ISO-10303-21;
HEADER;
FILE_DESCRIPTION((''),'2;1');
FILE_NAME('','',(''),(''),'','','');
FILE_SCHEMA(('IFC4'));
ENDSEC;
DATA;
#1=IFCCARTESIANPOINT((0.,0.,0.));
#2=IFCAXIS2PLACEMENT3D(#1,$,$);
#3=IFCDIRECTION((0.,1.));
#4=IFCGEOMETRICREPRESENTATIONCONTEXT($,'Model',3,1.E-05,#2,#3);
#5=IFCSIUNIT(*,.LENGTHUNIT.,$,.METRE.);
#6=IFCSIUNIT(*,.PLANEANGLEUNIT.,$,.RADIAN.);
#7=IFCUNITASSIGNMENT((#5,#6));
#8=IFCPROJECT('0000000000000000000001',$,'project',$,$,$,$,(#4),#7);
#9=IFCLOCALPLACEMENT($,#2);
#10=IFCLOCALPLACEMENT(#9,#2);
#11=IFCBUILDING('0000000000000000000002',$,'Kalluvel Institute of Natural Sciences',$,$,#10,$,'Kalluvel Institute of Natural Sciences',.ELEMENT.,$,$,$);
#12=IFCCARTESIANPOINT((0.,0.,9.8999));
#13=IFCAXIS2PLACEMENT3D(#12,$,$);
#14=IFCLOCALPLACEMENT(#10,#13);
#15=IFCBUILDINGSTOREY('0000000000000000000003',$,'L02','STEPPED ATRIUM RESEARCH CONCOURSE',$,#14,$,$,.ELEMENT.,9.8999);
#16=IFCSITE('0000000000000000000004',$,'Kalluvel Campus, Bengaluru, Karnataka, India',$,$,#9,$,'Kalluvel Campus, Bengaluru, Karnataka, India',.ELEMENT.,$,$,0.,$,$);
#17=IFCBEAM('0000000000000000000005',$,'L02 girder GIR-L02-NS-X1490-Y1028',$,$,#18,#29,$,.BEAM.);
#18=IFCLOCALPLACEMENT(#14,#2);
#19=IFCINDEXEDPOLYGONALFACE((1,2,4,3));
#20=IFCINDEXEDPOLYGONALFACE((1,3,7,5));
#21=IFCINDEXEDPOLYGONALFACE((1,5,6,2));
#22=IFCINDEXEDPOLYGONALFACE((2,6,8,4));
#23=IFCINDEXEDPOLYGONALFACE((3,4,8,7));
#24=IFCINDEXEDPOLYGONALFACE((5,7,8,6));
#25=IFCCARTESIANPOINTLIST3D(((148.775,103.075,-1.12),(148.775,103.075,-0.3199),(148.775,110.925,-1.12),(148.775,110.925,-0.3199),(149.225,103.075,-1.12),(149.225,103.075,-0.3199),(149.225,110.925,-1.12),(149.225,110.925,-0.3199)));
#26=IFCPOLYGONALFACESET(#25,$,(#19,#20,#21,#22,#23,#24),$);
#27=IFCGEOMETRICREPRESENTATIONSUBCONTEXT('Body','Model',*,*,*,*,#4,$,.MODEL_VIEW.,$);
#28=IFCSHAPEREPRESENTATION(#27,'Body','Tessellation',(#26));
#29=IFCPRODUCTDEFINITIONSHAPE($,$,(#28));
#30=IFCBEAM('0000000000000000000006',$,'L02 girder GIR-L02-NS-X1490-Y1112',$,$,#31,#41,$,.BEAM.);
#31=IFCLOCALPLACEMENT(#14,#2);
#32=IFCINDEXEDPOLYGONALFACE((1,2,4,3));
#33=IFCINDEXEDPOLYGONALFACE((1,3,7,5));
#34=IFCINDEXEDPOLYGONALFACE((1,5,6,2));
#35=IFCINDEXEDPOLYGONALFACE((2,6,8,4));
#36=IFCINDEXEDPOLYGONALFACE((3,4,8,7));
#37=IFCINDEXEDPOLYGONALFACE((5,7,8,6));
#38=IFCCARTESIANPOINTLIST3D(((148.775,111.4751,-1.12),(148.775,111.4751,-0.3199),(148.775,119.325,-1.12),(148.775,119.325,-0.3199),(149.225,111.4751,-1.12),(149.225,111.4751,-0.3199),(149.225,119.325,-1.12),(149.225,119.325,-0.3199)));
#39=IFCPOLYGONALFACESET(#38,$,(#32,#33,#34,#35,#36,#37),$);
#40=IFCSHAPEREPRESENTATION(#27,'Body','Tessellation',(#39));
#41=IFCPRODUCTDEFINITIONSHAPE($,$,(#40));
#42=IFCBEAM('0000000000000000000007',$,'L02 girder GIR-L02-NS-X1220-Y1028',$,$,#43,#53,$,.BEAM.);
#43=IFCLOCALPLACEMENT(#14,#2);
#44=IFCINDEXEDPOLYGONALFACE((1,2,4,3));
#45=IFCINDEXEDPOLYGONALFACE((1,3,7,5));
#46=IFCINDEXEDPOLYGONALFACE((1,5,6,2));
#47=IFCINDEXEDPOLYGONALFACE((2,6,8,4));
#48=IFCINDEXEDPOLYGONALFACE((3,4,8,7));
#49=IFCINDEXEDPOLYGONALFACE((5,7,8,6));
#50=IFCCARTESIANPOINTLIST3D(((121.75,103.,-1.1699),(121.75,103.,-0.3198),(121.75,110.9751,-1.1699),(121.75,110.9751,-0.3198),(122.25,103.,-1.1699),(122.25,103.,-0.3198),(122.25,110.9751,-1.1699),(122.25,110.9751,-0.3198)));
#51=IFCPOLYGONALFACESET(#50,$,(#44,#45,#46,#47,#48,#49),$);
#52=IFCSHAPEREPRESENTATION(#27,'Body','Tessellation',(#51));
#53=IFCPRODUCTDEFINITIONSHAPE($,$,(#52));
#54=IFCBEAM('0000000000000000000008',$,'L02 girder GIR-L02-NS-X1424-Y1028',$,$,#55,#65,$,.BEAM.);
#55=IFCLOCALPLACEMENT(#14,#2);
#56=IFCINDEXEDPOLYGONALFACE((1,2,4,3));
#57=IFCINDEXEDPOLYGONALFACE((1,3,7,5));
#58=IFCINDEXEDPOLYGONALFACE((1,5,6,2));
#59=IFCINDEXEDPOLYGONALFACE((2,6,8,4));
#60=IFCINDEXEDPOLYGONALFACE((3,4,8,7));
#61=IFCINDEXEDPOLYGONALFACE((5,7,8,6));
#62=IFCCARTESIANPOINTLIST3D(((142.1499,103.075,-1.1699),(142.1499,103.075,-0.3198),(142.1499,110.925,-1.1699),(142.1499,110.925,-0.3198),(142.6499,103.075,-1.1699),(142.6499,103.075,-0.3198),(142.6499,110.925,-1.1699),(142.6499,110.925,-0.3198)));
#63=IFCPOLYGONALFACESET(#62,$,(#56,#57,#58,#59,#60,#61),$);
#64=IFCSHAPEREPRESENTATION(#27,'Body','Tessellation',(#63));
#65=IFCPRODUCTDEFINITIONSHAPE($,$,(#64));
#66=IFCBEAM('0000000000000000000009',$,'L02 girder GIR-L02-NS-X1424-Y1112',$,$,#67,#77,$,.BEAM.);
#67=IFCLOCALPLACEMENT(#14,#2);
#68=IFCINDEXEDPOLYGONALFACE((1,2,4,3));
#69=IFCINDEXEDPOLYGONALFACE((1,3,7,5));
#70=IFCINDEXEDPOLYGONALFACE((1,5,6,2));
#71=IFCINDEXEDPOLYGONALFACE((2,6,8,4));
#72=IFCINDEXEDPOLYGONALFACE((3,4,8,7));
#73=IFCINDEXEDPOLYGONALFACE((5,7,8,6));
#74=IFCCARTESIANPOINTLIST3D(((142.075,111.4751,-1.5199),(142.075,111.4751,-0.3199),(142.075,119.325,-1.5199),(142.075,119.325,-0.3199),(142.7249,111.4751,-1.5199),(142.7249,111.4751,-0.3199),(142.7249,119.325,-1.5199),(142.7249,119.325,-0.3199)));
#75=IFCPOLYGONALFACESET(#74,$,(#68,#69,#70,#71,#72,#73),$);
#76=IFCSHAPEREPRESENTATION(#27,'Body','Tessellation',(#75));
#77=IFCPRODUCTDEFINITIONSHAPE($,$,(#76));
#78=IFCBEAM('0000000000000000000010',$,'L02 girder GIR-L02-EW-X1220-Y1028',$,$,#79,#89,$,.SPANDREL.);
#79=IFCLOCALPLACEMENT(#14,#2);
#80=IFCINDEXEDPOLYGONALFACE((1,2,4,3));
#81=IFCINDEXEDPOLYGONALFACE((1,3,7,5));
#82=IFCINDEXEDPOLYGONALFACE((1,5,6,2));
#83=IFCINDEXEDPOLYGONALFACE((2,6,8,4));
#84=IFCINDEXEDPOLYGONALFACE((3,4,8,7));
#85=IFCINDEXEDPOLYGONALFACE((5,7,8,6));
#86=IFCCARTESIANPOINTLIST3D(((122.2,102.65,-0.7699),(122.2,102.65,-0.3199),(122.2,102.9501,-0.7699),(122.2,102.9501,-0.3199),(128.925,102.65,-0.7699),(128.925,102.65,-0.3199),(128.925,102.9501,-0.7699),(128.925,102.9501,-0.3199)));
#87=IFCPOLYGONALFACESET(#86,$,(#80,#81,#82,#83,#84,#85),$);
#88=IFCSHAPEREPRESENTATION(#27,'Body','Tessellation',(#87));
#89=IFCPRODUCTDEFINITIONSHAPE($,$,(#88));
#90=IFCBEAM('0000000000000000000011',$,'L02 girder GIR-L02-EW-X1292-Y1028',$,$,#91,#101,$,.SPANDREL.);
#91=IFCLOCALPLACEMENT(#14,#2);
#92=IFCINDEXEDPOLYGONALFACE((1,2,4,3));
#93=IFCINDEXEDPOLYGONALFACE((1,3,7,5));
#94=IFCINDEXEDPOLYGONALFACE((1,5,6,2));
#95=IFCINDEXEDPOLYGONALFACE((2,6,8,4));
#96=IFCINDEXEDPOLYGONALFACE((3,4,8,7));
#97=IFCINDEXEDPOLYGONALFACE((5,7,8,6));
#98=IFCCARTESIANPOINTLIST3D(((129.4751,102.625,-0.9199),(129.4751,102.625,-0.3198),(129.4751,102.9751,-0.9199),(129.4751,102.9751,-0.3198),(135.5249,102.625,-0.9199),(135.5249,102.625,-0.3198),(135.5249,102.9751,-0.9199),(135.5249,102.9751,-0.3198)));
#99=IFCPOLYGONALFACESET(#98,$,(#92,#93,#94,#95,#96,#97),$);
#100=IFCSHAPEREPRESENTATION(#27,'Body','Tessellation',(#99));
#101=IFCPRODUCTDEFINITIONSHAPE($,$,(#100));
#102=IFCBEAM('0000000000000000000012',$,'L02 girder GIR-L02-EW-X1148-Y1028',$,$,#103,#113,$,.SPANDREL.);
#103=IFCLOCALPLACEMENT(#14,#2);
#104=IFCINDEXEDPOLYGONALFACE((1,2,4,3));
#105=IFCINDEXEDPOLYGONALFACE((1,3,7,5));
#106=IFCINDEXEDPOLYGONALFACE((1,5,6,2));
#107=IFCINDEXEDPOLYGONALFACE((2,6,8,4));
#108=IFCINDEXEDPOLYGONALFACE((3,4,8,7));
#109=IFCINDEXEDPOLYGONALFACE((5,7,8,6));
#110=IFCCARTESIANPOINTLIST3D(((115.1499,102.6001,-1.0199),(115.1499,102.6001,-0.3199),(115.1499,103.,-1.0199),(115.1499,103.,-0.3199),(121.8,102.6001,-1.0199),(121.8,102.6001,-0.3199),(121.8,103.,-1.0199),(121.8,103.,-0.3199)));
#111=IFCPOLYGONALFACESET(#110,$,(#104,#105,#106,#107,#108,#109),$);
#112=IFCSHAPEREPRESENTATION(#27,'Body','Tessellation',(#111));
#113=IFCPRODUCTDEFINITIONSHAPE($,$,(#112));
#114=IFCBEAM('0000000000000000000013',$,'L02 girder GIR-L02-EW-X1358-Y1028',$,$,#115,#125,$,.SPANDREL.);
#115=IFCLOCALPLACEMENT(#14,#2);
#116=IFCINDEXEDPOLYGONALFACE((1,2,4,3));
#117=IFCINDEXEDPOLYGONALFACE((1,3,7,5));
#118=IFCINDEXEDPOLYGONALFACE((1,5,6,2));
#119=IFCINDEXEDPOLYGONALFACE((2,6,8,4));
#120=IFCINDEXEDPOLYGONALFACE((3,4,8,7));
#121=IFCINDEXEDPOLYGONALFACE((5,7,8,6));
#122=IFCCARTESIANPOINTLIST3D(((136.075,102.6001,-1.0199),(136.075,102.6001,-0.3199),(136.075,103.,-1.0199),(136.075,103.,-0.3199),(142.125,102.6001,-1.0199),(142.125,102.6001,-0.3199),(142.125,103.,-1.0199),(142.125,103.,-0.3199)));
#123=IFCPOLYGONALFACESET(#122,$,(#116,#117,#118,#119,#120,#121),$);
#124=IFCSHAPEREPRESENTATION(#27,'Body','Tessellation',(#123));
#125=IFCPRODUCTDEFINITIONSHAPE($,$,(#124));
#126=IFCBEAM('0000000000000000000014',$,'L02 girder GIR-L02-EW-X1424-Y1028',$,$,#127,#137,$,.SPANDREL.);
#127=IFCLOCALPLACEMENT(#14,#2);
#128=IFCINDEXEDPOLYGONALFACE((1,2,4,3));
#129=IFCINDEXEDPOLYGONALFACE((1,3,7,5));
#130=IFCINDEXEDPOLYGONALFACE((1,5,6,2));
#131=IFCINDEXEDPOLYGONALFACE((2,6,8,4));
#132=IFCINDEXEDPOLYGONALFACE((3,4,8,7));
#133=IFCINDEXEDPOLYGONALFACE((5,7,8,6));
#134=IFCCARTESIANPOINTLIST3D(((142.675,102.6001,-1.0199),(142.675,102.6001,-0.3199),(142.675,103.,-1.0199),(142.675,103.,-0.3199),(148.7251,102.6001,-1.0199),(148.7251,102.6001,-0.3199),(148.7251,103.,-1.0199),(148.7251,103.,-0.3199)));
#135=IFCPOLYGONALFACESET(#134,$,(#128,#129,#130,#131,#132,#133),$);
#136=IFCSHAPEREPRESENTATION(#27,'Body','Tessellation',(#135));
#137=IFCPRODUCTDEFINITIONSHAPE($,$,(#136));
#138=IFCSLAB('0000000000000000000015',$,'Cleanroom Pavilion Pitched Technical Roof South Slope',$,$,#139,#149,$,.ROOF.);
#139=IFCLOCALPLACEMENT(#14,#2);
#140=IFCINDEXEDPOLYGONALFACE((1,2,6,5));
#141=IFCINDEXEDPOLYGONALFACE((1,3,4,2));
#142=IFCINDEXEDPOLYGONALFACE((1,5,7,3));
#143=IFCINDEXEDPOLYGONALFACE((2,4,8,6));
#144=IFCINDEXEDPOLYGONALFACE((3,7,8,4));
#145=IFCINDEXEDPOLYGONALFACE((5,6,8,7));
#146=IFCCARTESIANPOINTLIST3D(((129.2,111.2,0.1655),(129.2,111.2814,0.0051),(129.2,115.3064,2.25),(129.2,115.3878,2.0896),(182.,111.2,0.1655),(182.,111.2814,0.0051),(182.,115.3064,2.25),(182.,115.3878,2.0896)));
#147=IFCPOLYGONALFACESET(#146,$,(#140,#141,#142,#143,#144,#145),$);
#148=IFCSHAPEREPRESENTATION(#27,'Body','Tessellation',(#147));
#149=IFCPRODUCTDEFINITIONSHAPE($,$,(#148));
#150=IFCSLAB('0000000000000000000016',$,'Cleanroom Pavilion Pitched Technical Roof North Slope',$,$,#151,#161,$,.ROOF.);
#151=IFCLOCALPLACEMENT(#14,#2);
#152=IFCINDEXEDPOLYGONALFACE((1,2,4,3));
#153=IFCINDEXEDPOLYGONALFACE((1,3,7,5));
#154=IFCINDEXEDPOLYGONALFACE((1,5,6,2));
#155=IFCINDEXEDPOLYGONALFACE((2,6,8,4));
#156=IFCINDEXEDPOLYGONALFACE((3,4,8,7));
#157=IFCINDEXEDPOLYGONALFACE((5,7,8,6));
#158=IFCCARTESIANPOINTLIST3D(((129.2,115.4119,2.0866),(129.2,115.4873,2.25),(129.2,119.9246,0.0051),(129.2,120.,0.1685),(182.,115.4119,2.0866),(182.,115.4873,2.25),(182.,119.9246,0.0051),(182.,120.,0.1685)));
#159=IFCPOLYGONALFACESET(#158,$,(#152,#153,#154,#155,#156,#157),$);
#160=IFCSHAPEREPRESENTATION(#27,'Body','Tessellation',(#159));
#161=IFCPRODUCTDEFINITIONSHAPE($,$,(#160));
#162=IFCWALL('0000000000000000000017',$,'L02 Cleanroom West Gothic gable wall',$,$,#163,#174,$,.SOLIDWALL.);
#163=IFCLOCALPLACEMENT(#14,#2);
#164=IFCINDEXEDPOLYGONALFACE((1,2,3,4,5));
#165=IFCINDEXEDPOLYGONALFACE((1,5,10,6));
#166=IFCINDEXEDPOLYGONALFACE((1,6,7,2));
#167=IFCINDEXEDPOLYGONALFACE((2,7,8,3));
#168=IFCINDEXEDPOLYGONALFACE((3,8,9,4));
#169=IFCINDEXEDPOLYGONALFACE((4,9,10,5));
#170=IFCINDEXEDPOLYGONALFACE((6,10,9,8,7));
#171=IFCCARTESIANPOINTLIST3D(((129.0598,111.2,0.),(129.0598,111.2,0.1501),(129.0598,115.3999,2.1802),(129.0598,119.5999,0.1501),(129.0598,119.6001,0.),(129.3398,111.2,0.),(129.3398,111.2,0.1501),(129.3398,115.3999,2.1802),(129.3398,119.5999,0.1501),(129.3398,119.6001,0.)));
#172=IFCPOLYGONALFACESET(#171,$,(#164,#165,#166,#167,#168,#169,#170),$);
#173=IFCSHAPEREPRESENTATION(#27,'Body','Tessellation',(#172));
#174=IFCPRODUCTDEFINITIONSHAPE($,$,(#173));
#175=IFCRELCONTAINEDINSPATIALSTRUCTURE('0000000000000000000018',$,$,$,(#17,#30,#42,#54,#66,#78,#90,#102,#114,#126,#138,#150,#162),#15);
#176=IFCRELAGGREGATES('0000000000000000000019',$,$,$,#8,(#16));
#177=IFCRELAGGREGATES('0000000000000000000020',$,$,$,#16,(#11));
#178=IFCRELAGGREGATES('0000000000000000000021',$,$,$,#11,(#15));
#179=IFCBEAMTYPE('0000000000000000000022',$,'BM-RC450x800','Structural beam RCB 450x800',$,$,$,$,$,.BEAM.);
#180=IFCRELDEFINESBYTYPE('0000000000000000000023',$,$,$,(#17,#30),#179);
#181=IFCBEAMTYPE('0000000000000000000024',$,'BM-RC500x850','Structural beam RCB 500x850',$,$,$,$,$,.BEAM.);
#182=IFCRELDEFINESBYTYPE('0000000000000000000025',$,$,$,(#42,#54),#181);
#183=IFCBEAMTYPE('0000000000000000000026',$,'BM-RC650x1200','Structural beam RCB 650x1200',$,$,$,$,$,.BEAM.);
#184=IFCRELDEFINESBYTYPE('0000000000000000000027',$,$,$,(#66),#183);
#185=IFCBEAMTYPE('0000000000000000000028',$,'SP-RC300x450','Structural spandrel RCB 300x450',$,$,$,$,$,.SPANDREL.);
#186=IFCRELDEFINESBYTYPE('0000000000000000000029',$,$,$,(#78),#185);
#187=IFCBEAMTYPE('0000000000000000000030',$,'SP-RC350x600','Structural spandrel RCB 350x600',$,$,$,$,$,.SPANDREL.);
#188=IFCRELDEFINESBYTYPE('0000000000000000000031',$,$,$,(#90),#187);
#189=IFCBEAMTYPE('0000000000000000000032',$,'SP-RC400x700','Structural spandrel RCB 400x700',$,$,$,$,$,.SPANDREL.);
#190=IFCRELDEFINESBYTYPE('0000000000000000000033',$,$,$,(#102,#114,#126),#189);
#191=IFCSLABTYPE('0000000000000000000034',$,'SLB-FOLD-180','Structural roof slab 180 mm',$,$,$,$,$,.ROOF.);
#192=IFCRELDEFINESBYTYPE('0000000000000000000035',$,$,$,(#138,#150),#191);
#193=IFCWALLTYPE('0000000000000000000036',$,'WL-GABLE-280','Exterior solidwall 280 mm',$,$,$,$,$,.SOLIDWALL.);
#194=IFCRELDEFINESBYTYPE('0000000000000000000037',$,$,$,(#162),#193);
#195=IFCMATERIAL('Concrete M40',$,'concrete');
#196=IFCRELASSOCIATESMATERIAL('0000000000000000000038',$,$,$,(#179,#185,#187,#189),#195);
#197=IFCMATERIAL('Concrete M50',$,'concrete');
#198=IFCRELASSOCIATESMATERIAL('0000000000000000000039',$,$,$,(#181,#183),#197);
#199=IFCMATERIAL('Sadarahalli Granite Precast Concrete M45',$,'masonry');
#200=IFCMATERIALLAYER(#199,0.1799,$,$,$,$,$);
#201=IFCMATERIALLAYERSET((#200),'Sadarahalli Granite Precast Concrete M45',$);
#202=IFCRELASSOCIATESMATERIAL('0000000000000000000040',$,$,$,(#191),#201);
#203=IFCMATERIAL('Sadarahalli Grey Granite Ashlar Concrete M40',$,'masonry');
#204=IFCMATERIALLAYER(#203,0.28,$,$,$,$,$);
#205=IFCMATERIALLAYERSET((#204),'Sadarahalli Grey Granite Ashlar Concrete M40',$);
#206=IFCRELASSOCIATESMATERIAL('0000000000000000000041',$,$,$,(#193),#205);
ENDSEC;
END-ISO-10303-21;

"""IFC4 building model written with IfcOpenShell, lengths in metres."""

from ifc_helpers import new_model, si_unit, direction, frame, origin, origin_2d, place, context, subcontext, project, spatial, polyline, rectangle, outline, extrude, material, layer, layer_set, material_profile, profile_set, type_object, element, save


model = new_model("IFC4")

# Units and contexts
model_context = context("Model", 3, precision=1e-05, world=origin(), true_north=direction((0.0, 1.0)))
body_context = subcontext(model_context, "Body", "Model", "MODEL_VIEW")
ifc_project = project(units=[si_unit("LENGTHUNIT", "METRE"), si_unit("PLANEANGLEUNIT", "RADIAN")], contexts=[model_context])

# Site, building, storey
site_placement = place(None, origin())
site = spatial("IfcSite", under=ifc_project, at=site_placement, Name="Kalluvel Campus, Bengaluru, Karnataka, India", LongName="Kalluvel Campus, Bengaluru, Karnataka, India", CompositionType="ELEMENT", RefElevation=0.0)
building_placement = place(site_placement, origin())
building = spatial("IfcBuilding", under=site, at=building_placement, Name="Kalluvel Institute of Natural Sciences", LongName="Kalluvel Institute of Natural Sciences", CompositionType="ELEMENT")
storey_placement = place(building_placement, frame((0.0, 0.0, 9.8999)))
storey = spatial("IfcBuildingStorey", under=building, at=storey_placement, Name="L02", Description="STEPPED ATRIUM RESEARCH CONCOURSE", CompositionType="ELEMENT", Elevation=9.8999)

# Beams
ifc_material_1 = material(Name="Concrete M40", Category="concrete")
ifc_material_profile_1 = material_profile(ifc_material_1, rectangle(XDim=0.45, YDim=0.8, at=origin_2d()), Name="RCB 450x800")
ifc_profile_set_1 = profile_set([ifc_material_profile_1], Name="Concrete M40")
beam_type_1 = type_object("IfcBeamType", Name="BM-RC450x800", Description="Structural beam RCB 450x800", PredefinedType="BEAM", material=ifc_profile_set_1)
beam_1_placement = place(storey_placement, frame((149.0, 103.075, -0.72), z_axis=(0.0, 1.0, 0.0), x_axis=(-1.0, 0.0, 0.0)))
element("IfcBeam", 1, at=beam_1_placement, inside=storey, type_object=beam_type_1, Name="L02 girder GIR-L02-NS-X1490-Y1028", PredefinedType="BEAM", context=body_context, shape_type="SweptSolid", body=[
    extrude(rectangle(XDim=0.45, YDim=0.8, at=origin_2d()), origin(), (0.0, 0.0, 1.0), 7.8501),
])
beam_2_placement = place(storey_placement, frame((149.0, 111.4751, -0.72), z_axis=(0.0, 1.0, 0.0), x_axis=(-1.0, 0.0, 0.0)))
element("IfcBeam", 2, at=beam_2_placement, inside=storey, type_object=beam_type_1, Name="L02 girder GIR-L02-NS-X1490-Y1112", PredefinedType="BEAM", context=body_context, shape_type="SweptSolid", body=[
    extrude(rectangle(XDim=0.45, YDim=0.8, at=origin_2d()), origin(), (0.0, 0.0, 1.0), 7.8499),
])
ifc_material_2 = material(Name="Concrete M50", Category="concrete")
ifc_material_profile_2 = material_profile(ifc_material_2, rectangle(XDim=0.5, YDim=0.8501, at=origin_2d()), Name="RCB 500x850")
ifc_profile_set_2 = profile_set([ifc_material_profile_2], Name="Concrete M50")
beam_type_2 = type_object("IfcBeamType", Name="BM-RC500x850", Description="Structural beam RCB 500x850", PredefinedType="BEAM", material=ifc_profile_set_2)
beam_3_placement = place(storey_placement, frame((122.0, 103.0, -0.7449), z_axis=(0.0, 1.0, 0.0), x_axis=(-1.0, 0.0, 0.0)))
element("IfcBeam", 3, at=beam_3_placement, inside=storey, type_object=beam_type_2, Name="L02 girder GIR-L02-NS-X1220-Y1028", PredefinedType="BEAM", context=body_context, shape_type="SweptSolid", body=[
    extrude(rectangle(XDim=0.5, YDim=0.8501, at=origin_2d()), origin(), (0.0, 0.0, 1.0), 7.9751),
])
beam_4_placement = place(storey_placement, frame((142.3999, 103.075, -0.7449), z_axis=(0.0, 1.0, 0.0), x_axis=(-1.0, 0.0, 0.0)))
element("IfcBeam", 4, at=beam_4_placement, inside=storey, type_object=beam_type_2, Name="L02 girder GIR-L02-NS-X1424-Y1028", PredefinedType="BEAM", context=body_context, shape_type="SweptSolid", body=[
    extrude(rectangle(XDim=0.5, YDim=0.8501, at=origin_2d()), origin(), (0.0, 0.0, 1.0), 7.8501),
])
ifc_material_profile_3 = material_profile(ifc_material_2, rectangle(XDim=0.6499, YDim=1.2, at=origin_2d()), Name="RCB 650x1200")
ifc_profile_set_3 = profile_set([ifc_material_profile_3], Name="Concrete M50")
beam_type_3 = type_object("IfcBeamType", Name="BM-RC650x1200", Description="Structural beam RCB 650x1200", PredefinedType="BEAM", material=ifc_profile_set_3)
beam_5_placement = place(storey_placement, frame((142.3999, 111.4751, -0.9199), z_axis=(0.0, 1.0, 0.0), x_axis=(-1.0, 0.0, 0.0)))
element("IfcBeam", 5, at=beam_5_placement, inside=storey, type_object=beam_type_3, Name="L02 girder GIR-L02-NS-X1424-Y1112", PredefinedType="BEAM", context=body_context, shape_type="SweptSolid", body=[
    extrude(rectangle(XDim=0.6499, YDim=1.2, at=origin_2d()), origin(), (0.0, 0.0, 1.0), 7.8499),
])
ifc_material_profile_4 = material_profile(ifc_material_1, rectangle(XDim=0.3, YDim=0.45, at=origin_2d()), Name="RCB 300x450")
ifc_profile_set_4 = profile_set([ifc_material_profile_4], Name="Concrete M40")
beam_type_4 = type_object("IfcBeamType", Name="SP-RC300x450", Description="Structural spandrel RCB 300x450", PredefinedType="SPANDREL", material=ifc_profile_set_4)
beam_6_placement = place(storey_placement, frame((122.2, 102.8, -0.5449), z_axis=(1.0, 0.0, 0.0), x_axis=(0.0, 1.0, 0.0)))
element("IfcBeam", 6, at=beam_6_placement, inside=storey, type_object=beam_type_4, Name="L02 girder GIR-L02-EW-X1220-Y1028", PredefinedType="SPANDREL", context=body_context, shape_type="SweptSolid", body=[
    extrude(rectangle(XDim=0.3, YDim=0.45, at=origin_2d()), origin(), (0.0, 0.0, 1.0), 6.7251),
])
ifc_material_profile_5 = material_profile(ifc_material_1, rectangle(XDim=0.3501, YDim=0.6001, at=origin_2d()), Name="RCB 350x600")
ifc_profile_set_5 = profile_set([ifc_material_profile_5], Name="Concrete M40")
beam_type_5 = type_object("IfcBeamType", Name="SP-RC350x600", Description="Structural spandrel RCB 350x600", PredefinedType="SPANDREL", material=ifc_profile_set_5)
beam_7_placement = place(storey_placement, frame((129.4751, 102.8, -0.6199), z_axis=(1.0, 0.0, 0.0), x_axis=(0.0, 1.0, 0.0)))
element("IfcBeam", 7, at=beam_7_placement, inside=storey, type_object=beam_type_5, Name="L02 girder GIR-L02-EW-X1292-Y1028", PredefinedType="SPANDREL", context=body_context, shape_type="SweptSolid", body=[
    extrude(rectangle(XDim=0.3501, YDim=0.6001, at=origin_2d()), origin(), (0.0, 0.0, 1.0), 6.0498),
])
ifc_material_profile_6 = material_profile(ifc_material_1, rectangle(XDim=0.3999, YDim=0.7, at=origin_2d()), Name="RCB 400x700")
ifc_profile_set_6 = profile_set([ifc_material_profile_6], Name="Concrete M40")
beam_type_6 = type_object("IfcBeamType", Name="SP-RC400x700", Description="Structural spandrel RCB 400x700", PredefinedType="SPANDREL", material=ifc_profile_set_6)
beam_8_placement = place(storey_placement, frame((115.1499, 102.8, -0.6699), z_axis=(1.0, 0.0, 0.0), x_axis=(0.0, 1.0, 0.0)))
element("IfcBeam", 8, at=beam_8_placement, inside=storey, type_object=beam_type_6, Name="L02 girder GIR-L02-EW-X1148-Y1028", PredefinedType="SPANDREL", context=body_context, shape_type="SweptSolid", body=[
    extrude(rectangle(XDim=0.3999, YDim=0.7, at=origin_2d()), origin(), (0.0, 0.0, 1.0), 6.6501),
])
for number, where, z_axis, x_axis, name in (
    (9, (136.075, 102.8, -0.6699), (1.0, 0.0, 0.0), (0.0, 1.0, 0.0), "L02 girder GIR-L02-EW-X1358-Y1028"),
    (10, (142.675, 102.8, -0.6699), (1.0, 0.0, 0.0), (0.0, 1.0, 0.0), "L02 girder GIR-L02-EW-X1424-Y1028"),
):
    element("IfcBeam", number, at=place(storey_placement, frame(where, z_axis=z_axis, x_axis=x_axis)), inside=storey, type_object=beam_type_6, Name=name, PredefinedType="SPANDREL", context=body_context, shape_type="SweptSolid", body=[
        extrude(rectangle(XDim=0.3999, YDim=0.7, at=origin_2d()), origin(), (0.0, 0.0, 1.0), 6.05),
    ])

# Slabs
ifc_material_3 = material(Name="Sadarahalli Granite Precast Concrete M45", Category="masonry")
ifc_layer_1 = layer(ifc_material_3, 0.1799)
ifc_layer_set_1 = layer_set([ifc_layer_1], Name="Sadarahalli Granite Precast Concrete M45")
slab_type = type_object("IfcSlabType", Name="SLB-FOLD-180", Description="Structural roof slab 180 mm", PredefinedType="ROOF", material=ifc_layer_set_1)
slab_1_placement = place(storey_placement, frame((129.2, 111.2, 0.1655), z_axis=(0.0, -0.452634, 0.891696), x_axis=(1.0, 0.0, 0.0)))
element("IfcSlab", 11, at=slab_1_placement, inside=storey, type_object=slab_type, Name="Cleanroom Pavilion Pitched Technical Roof South Slope", PredefinedType="ROOF", context=body_context, shape_type="SweptSolid", body=[
    extrude(outline(polyline([(0.0, 0.0), (52.8, 0.0), (52.8, 4.6052), (0.0, 4.6052), (0.0, 0.0)])), origin(), (0.0, 0.0, -1.0), 0.1799),
])
slab_2_placement = place(storey_placement, frame((129.2, 115.4873, 2.25), z_axis=(0.0, 0.418853, 0.908054), x_axis=(1.0, 0.0, 0.0)))
element("IfcSlab", 12, at=slab_2_placement, inside=storey, type_object=slab_type, Name="Cleanroom Pavilion Pitched Technical Roof North Slope", PredefinedType="ROOF", context=body_context, shape_type="SweptSolid", body=[
    extrude(outline(polyline([(0.0, 0.0), (52.8, 0.0), (52.8, 4.9696), (0.0, 4.9696), (0.0, 0.0)])), origin(), (0.0, 0.0, -1.0), 0.1799),
])

# Wall
ifc_material_4 = material(Name="Sadarahalli Grey Granite Ashlar Concrete M40", Category="masonry")
ifc_layer_2 = layer(ifc_material_4, 0.28)
ifc_layer_set_2 = layer_set([ifc_layer_2], Name="Sadarahalli Grey Granite Ashlar Concrete M40")
wall_type = type_object("IfcWallType", Name="WL-GABLE-280", Description="Exterior solidwall 280 mm", PredefinedType="SOLIDWALL", material=ifc_layer_set_2)
wall_placement = place(storey_placement, frame((129.2, 111.2, 0.0), z_axis=(0.0, 0.0, 1.0), x_axis=(0.0, 1.0, 0.0)))
element("IfcWall", 13, at=wall_placement, inside=storey, type_object=wall_type, Name="L02 Cleanroom West Gothic gable wall", PredefinedType="SOLIDWALL", context=body_context, shape_type="SweptSolid", body=[
    extrude(outline(polyline([(0.0, 0.0), (8.4001, 0.0), (8.3999, 0.1501), (4.2, 2.1802), (0.0, 0.1501), (0.0, 0.0)])), frame((0.0, 0.1401, 0.0), z_axis=(0.0, -1.0, 0.0), x_axis=(1.0, 0.0, 0.0)), (0.0, 0.0, 1.0), 0.28),
])

save(model, "model.ifc")
